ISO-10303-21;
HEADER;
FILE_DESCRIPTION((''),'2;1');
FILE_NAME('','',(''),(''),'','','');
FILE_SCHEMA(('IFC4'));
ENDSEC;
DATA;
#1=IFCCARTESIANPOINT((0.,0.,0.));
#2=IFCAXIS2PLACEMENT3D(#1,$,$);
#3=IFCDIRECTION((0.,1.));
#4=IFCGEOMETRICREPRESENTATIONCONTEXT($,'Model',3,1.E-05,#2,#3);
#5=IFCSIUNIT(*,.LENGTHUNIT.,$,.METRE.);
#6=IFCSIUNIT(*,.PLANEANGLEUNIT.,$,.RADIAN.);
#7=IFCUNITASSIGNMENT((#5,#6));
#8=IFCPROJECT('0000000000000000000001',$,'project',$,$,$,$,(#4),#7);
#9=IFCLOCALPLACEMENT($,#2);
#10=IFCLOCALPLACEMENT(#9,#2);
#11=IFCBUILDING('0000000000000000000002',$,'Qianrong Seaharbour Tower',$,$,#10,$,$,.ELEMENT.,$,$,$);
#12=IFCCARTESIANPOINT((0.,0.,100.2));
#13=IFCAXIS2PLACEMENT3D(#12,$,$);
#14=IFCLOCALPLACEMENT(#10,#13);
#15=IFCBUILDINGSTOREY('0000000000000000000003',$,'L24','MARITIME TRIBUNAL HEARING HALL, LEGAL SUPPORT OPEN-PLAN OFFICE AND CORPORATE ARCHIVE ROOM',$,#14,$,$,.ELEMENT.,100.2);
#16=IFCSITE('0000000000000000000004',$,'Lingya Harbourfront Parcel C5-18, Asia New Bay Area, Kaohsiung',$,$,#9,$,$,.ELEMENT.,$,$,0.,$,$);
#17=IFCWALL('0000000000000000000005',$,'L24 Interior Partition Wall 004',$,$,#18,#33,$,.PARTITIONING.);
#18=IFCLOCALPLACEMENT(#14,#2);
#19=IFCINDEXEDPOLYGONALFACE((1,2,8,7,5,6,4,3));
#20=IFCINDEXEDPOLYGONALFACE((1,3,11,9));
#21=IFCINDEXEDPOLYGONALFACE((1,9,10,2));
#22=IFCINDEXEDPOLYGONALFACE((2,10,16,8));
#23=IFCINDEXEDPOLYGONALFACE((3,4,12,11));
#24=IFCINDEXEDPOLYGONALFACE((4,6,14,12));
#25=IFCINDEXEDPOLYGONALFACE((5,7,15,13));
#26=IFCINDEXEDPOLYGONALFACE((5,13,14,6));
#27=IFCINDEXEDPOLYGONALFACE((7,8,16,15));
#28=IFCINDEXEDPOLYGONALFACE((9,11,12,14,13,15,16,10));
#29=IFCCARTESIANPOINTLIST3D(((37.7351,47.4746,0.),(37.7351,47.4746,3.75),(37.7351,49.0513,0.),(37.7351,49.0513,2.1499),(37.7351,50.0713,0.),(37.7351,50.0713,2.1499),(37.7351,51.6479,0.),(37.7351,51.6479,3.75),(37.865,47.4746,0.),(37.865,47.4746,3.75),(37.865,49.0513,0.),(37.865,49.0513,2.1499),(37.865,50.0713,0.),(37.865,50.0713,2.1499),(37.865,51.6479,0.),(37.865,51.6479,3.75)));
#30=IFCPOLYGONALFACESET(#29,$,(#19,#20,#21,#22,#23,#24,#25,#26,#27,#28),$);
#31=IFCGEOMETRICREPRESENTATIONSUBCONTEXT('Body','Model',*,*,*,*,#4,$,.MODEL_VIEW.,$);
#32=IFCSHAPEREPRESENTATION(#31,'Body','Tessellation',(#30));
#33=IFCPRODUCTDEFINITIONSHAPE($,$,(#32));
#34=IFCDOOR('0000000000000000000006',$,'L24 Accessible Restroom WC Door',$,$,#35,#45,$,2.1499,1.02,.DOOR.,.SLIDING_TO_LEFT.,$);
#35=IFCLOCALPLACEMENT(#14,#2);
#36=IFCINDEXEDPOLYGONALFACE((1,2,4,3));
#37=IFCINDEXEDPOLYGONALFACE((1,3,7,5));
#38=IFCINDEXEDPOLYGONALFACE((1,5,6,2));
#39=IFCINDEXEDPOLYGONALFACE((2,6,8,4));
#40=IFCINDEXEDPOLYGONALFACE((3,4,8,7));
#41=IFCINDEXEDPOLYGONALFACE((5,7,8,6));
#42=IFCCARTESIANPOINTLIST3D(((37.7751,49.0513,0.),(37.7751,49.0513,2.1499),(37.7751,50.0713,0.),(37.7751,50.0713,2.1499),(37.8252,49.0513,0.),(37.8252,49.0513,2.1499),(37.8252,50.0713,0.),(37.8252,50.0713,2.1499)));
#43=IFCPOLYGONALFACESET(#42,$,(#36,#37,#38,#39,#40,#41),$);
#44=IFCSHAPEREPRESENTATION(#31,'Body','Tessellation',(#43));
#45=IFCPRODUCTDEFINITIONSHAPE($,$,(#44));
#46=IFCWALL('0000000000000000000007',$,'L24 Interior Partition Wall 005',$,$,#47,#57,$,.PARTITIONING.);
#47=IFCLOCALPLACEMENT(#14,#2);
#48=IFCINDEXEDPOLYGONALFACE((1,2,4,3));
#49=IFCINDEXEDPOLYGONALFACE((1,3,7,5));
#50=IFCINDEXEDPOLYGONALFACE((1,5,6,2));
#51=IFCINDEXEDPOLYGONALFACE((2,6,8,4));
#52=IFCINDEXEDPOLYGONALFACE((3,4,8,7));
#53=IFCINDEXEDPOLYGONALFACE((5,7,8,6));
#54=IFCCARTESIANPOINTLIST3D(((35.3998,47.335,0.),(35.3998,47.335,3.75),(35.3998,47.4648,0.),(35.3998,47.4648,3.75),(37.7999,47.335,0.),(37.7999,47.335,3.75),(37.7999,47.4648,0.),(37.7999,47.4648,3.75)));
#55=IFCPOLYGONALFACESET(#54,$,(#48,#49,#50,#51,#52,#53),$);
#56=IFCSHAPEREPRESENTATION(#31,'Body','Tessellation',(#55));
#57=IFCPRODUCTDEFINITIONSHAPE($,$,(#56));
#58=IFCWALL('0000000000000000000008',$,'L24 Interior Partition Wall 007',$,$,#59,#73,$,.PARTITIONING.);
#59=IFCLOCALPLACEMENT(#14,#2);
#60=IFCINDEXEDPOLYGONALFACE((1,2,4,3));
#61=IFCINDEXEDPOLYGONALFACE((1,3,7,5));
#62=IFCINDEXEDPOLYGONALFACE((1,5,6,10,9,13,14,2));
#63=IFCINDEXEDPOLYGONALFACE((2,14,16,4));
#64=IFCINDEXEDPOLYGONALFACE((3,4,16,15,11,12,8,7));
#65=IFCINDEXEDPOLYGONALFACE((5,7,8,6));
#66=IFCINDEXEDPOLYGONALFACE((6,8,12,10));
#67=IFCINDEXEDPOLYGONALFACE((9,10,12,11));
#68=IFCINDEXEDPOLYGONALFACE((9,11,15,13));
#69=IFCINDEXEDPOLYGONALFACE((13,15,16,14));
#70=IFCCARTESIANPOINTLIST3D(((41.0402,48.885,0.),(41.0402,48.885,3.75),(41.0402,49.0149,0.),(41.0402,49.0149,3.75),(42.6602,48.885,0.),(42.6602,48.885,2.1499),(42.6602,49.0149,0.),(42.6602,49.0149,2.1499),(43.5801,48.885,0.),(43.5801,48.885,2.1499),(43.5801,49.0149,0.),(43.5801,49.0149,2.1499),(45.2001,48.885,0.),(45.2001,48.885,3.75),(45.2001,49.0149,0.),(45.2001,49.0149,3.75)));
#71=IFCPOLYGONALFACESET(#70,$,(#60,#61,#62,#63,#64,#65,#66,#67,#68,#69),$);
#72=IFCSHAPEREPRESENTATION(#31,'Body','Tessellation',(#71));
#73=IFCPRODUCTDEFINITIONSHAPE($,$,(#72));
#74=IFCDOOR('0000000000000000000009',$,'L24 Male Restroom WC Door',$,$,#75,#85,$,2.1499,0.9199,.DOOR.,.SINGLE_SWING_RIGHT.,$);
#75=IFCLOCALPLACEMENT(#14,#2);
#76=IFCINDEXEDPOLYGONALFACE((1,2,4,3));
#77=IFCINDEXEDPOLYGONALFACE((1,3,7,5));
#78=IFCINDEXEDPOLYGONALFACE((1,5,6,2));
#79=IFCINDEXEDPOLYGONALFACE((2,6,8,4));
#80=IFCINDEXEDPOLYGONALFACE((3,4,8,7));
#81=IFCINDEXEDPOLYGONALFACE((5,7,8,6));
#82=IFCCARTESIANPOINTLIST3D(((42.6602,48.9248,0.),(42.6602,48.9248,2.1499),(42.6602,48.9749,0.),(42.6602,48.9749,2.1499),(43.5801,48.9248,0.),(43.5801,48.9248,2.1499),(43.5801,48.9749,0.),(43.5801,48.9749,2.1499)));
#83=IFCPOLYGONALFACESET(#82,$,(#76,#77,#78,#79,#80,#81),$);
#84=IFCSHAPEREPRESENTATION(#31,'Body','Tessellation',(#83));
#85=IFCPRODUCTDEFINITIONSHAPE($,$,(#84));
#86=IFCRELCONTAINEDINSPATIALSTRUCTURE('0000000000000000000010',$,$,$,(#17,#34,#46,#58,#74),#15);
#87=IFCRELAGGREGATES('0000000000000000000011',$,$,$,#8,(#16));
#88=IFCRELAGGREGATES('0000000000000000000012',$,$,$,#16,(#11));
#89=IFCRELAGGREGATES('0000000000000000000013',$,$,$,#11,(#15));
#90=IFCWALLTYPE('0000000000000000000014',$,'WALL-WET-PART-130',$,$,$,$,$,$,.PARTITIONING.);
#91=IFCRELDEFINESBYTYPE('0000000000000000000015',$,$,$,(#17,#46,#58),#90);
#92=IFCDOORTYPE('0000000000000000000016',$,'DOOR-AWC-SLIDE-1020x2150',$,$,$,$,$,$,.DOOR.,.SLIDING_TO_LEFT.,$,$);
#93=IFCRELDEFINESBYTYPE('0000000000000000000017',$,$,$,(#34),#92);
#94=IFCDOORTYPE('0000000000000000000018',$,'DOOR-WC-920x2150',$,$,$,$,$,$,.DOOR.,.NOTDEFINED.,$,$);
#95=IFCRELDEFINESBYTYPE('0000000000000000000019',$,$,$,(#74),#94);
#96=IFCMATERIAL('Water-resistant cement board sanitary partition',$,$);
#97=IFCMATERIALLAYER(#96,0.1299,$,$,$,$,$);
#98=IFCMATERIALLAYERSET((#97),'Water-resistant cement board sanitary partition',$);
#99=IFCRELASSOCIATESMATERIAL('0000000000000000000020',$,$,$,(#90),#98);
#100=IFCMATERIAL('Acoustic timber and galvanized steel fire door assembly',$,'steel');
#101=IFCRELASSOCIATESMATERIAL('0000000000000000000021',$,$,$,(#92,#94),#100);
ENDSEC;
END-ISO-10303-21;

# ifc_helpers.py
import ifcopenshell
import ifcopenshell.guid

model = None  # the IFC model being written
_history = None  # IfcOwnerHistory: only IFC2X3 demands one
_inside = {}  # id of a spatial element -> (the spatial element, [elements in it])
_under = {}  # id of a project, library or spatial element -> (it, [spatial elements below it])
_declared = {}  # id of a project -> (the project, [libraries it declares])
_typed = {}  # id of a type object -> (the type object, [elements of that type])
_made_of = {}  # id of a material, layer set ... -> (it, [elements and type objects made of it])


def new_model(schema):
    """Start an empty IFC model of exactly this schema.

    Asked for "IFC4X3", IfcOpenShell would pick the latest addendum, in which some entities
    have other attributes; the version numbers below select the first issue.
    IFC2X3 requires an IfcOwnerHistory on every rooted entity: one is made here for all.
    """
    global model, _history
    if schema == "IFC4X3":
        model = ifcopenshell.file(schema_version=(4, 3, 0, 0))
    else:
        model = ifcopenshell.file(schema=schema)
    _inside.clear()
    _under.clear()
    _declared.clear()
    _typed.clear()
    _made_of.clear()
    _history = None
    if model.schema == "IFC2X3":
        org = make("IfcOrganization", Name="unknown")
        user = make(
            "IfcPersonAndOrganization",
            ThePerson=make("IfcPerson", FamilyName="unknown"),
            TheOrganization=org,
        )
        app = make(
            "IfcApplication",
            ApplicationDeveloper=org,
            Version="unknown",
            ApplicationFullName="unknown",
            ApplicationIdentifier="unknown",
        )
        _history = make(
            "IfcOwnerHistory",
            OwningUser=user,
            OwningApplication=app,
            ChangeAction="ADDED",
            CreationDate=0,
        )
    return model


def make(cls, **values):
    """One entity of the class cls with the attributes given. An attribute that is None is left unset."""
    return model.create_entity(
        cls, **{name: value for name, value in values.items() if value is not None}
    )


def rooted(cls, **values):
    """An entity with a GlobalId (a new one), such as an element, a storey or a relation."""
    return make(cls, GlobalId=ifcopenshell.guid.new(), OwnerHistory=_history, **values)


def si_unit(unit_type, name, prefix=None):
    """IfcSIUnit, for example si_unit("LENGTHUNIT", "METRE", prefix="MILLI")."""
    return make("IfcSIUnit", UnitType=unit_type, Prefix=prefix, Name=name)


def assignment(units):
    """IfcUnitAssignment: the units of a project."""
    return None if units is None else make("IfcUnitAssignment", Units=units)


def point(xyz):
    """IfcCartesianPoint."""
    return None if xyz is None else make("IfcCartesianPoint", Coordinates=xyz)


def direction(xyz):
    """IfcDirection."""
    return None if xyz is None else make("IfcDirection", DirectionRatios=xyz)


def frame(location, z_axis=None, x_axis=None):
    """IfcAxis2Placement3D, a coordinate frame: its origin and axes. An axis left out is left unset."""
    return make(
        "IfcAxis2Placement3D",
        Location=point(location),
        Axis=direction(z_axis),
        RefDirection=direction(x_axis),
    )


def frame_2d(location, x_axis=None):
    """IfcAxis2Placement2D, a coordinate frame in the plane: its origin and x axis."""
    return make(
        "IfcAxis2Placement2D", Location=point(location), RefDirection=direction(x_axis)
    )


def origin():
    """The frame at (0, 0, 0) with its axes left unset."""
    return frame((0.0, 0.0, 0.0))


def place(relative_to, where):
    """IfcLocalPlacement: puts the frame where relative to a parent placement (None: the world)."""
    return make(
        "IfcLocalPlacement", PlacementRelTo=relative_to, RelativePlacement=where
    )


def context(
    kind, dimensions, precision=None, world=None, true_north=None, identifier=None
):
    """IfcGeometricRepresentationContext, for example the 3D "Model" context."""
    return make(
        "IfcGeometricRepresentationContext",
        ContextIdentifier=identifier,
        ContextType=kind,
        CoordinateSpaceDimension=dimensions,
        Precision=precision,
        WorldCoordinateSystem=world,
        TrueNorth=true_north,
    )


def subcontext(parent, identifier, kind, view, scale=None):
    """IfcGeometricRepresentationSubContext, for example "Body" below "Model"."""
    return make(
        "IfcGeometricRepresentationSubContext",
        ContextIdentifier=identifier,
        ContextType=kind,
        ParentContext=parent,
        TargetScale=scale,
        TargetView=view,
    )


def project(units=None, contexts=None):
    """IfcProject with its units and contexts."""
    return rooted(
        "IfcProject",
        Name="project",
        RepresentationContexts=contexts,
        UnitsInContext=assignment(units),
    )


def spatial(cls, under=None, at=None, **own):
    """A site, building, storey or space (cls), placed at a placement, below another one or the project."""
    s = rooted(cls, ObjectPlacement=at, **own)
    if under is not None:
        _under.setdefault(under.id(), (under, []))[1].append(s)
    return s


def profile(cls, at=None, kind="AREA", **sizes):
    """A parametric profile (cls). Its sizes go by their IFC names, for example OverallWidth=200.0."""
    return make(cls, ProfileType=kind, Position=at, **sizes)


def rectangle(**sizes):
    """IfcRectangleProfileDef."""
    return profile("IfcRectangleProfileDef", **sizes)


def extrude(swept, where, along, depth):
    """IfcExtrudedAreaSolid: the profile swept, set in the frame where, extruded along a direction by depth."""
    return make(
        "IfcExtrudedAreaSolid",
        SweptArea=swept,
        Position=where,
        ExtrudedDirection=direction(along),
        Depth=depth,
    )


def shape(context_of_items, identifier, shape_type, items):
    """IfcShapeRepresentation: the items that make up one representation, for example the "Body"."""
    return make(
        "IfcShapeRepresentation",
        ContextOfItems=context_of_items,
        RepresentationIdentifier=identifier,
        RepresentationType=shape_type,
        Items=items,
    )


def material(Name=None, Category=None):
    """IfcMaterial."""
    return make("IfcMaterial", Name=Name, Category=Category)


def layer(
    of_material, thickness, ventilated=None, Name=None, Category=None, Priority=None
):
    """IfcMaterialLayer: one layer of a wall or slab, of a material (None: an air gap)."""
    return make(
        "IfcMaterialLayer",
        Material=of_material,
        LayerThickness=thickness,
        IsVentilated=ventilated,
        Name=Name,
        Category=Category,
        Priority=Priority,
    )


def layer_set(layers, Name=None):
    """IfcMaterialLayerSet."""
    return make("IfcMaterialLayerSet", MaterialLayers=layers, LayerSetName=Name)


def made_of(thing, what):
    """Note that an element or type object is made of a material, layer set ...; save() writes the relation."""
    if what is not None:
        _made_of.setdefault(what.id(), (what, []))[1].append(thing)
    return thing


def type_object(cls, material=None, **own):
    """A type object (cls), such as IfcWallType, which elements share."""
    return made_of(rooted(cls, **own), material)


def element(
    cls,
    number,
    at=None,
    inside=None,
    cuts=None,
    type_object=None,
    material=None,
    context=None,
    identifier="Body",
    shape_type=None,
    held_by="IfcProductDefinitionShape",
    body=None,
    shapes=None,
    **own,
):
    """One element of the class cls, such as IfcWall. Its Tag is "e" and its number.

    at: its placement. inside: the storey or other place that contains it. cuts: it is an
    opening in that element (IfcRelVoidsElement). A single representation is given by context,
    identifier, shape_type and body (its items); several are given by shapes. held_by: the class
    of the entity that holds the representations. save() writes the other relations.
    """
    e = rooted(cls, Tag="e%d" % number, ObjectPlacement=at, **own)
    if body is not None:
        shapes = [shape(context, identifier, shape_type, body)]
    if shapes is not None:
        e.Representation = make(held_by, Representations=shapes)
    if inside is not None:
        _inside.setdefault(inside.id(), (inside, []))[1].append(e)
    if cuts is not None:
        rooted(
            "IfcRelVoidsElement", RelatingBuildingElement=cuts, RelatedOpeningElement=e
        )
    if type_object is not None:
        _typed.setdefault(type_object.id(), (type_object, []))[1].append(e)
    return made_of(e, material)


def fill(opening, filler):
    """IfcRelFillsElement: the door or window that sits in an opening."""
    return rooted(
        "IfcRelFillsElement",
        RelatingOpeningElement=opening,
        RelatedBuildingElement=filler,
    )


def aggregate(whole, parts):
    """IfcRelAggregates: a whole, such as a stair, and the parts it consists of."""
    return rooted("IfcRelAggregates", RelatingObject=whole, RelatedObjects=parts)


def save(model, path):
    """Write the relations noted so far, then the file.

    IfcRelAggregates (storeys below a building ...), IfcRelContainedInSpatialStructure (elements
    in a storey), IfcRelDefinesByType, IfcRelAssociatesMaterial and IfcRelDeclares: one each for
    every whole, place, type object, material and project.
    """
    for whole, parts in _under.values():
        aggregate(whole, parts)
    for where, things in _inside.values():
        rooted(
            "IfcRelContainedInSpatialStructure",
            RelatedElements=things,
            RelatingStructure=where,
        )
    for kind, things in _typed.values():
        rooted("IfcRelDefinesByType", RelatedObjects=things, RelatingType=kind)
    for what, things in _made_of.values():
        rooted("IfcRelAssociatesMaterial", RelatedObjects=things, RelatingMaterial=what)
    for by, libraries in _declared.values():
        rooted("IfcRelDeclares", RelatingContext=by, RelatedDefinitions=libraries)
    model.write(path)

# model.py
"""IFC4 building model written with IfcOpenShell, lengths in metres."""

from ifc_helpers import new_model, si_unit, direction, frame, frame_2d, origin, place, context, subcontext, project, spatial, rectangle, extrude, material, layer, layer_set, type_object, element, fill, save


model = new_model("IFC4")

# Units and contexts
model_context = context("Model", 3, precision=1e-05, world=origin(), true_north=direction((0.0, 1.0)))
body_context = subcontext(model_context, "Body", "Model", "MODEL_VIEW")
ifc_project = project(units=[si_unit("LENGTHUNIT", "METRE"), si_unit("PLANEANGLEUNIT", "RADIAN")], contexts=[model_context])

# Site, building, storey
site_placement = place(None, origin())
site = spatial("IfcSite", under=ifc_project, at=site_placement, Name="Lingya Harbourfront Parcel C5-18, Asia New Bay Area, Kaohsiung", CompositionType="ELEMENT", RefElevation=0.0)
building_placement = place(site_placement, origin())
building = spatial("IfcBuilding", under=site, at=building_placement, Name="Qianrong Seaharbour Tower", CompositionType="ELEMENT")
storey_placement = place(building_placement, frame((0.0, 0.0, 100.2)))
storey = spatial("IfcBuildingStorey", under=building, at=storey_placement, Name="L24", Description="MARITIME TRIBUNAL HEARING HALL, LEGAL SUPPORT OPEN-PLAN OFFICE AND CORPORATE ARCHIVE ROOM", CompositionType="ELEMENT", Elevation=100.2)

# Shared definitions
ifc_material_1 = material(Name="Acoustic timber and galvanized steel fire door assembly", Category="steel")

# Wall, opening, door
ifc_material_2 = material(Name="Water-resistant cement board sanitary partition")
ifc_layer_1 = layer(ifc_material_2, 0.1299)
ifc_layer_set_1 = layer_set([ifc_layer_1], Name="Water-resistant cement board sanitary partition")
wall_type_1 = type_object("IfcWallType", Name="WALL-WET-PART-130", PredefinedType="PARTITIONING", material=ifc_layer_set_1)
wall_1_placement = place(storey_placement, frame((37.8, 47.4746, 0.0), z_axis=(0.0, 0.0, 1.0), x_axis=(0.0, 1.0, 0.0)))
wall_1 = element("IfcWall", 1, at=wall_1_placement, inside=storey, type_object=wall_type_1, Name="L24 Interior Partition Wall 004", PredefinedType="PARTITIONING", context=body_context, shape_type="SweptSolid", body=[
    extrude(rectangle(XDim=4.1733, YDim=0.1299, at=frame_2d((2.0867, 0.0))), origin(), (0.0, 0.0, 1.0), 3.75),
])
opening_1_placement = place(wall_1_placement, frame((1.5767, 0.0, 0.0)))
opening_1 = element("IfcOpeningElement", 2, at=opening_1_placement, cuts=wall_1, PredefinedType="OPENING", context=body_context, shape_type="SweptSolid", body=[
    extrude(rectangle(XDim=1.02, YDim=2.1499, at=frame_2d((0.51, 1.075))), frame((0.0, 0.075, 0.0), z_axis=(0.0, -1.0, 0.0), x_axis=(1.0, 0.0, 0.0)), (0.0, 0.0, 1.0), 0.1499),
])
door_type_1 = type_object("IfcDoorType", Name="DOOR-AWC-SLIDE-1020x2150", OperationType="SLIDING_TO_LEFT", PredefinedType="DOOR", material=ifc_material_1)
door_1_placement = place(opening_1_placement, origin())
door_1 = element("IfcDoor", 3, at=door_1_placement, inside=storey, type_object=door_type_1, Name="L24 Accessible Restroom WC Door", OperationType="SLIDING_TO_LEFT", OverallHeight=2.1499, OverallWidth=1.02, PredefinedType="DOOR", context=body_context, shape_type="SweptSolid", body=[
    extrude(rectangle(XDim=1.02, YDim=2.1499, at=frame_2d((0.51, 1.075))), frame((0.0, 0.0249, 0.0), z_axis=(0.0, -1.0, 0.0), x_axis=(1.0, 0.0, 0.0)), (0.0, 0.0, 1.0), 0.05),
])
fill(opening_1, door_1)

# Wall
wall_2_placement = place(storey_placement, frame((37.8, 47.3999, 0.0), z_axis=(0.0, 0.0, 1.0), x_axis=(-1.0, 0.0, 0.0)))
element("IfcWall", 4, at=wall_2_placement, inside=storey, type_object=wall_type_1, Name="L24 Interior Partition Wall 005", PredefinedType="PARTITIONING", context=body_context, shape_type="SweptSolid", body=[
    extrude(rectangle(XDim=2.4001, YDim=0.1299, at=frame_2d((1.2002, 0.0))), origin(), (0.0, 0.0, 1.0), 3.75),
])

# Wall, opening, door
wall_3_placement = place(storey_placement, frame((41.04, 48.95, 0.0), z_axis=(0.0, 0.0, 1.0), x_axis=(1.0, 0.0, 0.0)))
wall_3 = element("IfcWall", 5, at=wall_3_placement, inside=storey, type_object=wall_type_1, Name="L24 Interior Partition Wall 007", PredefinedType="PARTITIONING", context=body_context, shape_type="SweptSolid", body=[
    extrude(rectangle(XDim=4.1599, YDim=0.1299, at=frame_2d((2.0801, 0.0))), origin(), (0.0, 0.0, 1.0), 3.75),
])
opening_2_placement = place(wall_3_placement, frame((1.6201, 0.0, 0.0)))
opening_2 = element("IfcOpeningElement", 6, at=opening_2_placement, cuts=wall_3, PredefinedType="OPENING", context=body_context, shape_type="SweptSolid", body=[
    extrude(rectangle(XDim=0.9199, YDim=2.1499, at=frame_2d((0.46, 1.075))), frame((0.0, 0.075, 0.0), z_axis=(0.0, -1.0, 0.0), x_axis=(1.0, 0.0, 0.0)), (0.0, 0.0, 1.0), 0.1499),
])
door_type_2 = type_object("IfcDoorType", Name="DOOR-WC-920x2150", OperationType="NOTDEFINED", PredefinedType="DOOR", material=ifc_material_1)
door_2_placement = place(opening_2_placement, origin())
door_2 = element("IfcDoor", 7, at=door_2_placement, inside=storey, type_object=door_type_2, Name="L24 Male Restroom WC Door", OperationType="SINGLE_SWING_RIGHT", OverallHeight=2.1499, OverallWidth=0.9199, PredefinedType="DOOR", context=body_context, shape_type="SweptSolid", body=[
    extrude(rectangle(XDim=0.9199, YDim=2.1499, at=frame_2d((0.46, 1.075))), frame((0.0, 0.0249, 0.0), z_axis=(0.0, -1.0, 0.0), x_axis=(1.0, 0.0, 0.0)), (0.0, 0.0, 1.0), 0.05),
])
fill(opening_2, door_2)

save(model, "model.ifc")
